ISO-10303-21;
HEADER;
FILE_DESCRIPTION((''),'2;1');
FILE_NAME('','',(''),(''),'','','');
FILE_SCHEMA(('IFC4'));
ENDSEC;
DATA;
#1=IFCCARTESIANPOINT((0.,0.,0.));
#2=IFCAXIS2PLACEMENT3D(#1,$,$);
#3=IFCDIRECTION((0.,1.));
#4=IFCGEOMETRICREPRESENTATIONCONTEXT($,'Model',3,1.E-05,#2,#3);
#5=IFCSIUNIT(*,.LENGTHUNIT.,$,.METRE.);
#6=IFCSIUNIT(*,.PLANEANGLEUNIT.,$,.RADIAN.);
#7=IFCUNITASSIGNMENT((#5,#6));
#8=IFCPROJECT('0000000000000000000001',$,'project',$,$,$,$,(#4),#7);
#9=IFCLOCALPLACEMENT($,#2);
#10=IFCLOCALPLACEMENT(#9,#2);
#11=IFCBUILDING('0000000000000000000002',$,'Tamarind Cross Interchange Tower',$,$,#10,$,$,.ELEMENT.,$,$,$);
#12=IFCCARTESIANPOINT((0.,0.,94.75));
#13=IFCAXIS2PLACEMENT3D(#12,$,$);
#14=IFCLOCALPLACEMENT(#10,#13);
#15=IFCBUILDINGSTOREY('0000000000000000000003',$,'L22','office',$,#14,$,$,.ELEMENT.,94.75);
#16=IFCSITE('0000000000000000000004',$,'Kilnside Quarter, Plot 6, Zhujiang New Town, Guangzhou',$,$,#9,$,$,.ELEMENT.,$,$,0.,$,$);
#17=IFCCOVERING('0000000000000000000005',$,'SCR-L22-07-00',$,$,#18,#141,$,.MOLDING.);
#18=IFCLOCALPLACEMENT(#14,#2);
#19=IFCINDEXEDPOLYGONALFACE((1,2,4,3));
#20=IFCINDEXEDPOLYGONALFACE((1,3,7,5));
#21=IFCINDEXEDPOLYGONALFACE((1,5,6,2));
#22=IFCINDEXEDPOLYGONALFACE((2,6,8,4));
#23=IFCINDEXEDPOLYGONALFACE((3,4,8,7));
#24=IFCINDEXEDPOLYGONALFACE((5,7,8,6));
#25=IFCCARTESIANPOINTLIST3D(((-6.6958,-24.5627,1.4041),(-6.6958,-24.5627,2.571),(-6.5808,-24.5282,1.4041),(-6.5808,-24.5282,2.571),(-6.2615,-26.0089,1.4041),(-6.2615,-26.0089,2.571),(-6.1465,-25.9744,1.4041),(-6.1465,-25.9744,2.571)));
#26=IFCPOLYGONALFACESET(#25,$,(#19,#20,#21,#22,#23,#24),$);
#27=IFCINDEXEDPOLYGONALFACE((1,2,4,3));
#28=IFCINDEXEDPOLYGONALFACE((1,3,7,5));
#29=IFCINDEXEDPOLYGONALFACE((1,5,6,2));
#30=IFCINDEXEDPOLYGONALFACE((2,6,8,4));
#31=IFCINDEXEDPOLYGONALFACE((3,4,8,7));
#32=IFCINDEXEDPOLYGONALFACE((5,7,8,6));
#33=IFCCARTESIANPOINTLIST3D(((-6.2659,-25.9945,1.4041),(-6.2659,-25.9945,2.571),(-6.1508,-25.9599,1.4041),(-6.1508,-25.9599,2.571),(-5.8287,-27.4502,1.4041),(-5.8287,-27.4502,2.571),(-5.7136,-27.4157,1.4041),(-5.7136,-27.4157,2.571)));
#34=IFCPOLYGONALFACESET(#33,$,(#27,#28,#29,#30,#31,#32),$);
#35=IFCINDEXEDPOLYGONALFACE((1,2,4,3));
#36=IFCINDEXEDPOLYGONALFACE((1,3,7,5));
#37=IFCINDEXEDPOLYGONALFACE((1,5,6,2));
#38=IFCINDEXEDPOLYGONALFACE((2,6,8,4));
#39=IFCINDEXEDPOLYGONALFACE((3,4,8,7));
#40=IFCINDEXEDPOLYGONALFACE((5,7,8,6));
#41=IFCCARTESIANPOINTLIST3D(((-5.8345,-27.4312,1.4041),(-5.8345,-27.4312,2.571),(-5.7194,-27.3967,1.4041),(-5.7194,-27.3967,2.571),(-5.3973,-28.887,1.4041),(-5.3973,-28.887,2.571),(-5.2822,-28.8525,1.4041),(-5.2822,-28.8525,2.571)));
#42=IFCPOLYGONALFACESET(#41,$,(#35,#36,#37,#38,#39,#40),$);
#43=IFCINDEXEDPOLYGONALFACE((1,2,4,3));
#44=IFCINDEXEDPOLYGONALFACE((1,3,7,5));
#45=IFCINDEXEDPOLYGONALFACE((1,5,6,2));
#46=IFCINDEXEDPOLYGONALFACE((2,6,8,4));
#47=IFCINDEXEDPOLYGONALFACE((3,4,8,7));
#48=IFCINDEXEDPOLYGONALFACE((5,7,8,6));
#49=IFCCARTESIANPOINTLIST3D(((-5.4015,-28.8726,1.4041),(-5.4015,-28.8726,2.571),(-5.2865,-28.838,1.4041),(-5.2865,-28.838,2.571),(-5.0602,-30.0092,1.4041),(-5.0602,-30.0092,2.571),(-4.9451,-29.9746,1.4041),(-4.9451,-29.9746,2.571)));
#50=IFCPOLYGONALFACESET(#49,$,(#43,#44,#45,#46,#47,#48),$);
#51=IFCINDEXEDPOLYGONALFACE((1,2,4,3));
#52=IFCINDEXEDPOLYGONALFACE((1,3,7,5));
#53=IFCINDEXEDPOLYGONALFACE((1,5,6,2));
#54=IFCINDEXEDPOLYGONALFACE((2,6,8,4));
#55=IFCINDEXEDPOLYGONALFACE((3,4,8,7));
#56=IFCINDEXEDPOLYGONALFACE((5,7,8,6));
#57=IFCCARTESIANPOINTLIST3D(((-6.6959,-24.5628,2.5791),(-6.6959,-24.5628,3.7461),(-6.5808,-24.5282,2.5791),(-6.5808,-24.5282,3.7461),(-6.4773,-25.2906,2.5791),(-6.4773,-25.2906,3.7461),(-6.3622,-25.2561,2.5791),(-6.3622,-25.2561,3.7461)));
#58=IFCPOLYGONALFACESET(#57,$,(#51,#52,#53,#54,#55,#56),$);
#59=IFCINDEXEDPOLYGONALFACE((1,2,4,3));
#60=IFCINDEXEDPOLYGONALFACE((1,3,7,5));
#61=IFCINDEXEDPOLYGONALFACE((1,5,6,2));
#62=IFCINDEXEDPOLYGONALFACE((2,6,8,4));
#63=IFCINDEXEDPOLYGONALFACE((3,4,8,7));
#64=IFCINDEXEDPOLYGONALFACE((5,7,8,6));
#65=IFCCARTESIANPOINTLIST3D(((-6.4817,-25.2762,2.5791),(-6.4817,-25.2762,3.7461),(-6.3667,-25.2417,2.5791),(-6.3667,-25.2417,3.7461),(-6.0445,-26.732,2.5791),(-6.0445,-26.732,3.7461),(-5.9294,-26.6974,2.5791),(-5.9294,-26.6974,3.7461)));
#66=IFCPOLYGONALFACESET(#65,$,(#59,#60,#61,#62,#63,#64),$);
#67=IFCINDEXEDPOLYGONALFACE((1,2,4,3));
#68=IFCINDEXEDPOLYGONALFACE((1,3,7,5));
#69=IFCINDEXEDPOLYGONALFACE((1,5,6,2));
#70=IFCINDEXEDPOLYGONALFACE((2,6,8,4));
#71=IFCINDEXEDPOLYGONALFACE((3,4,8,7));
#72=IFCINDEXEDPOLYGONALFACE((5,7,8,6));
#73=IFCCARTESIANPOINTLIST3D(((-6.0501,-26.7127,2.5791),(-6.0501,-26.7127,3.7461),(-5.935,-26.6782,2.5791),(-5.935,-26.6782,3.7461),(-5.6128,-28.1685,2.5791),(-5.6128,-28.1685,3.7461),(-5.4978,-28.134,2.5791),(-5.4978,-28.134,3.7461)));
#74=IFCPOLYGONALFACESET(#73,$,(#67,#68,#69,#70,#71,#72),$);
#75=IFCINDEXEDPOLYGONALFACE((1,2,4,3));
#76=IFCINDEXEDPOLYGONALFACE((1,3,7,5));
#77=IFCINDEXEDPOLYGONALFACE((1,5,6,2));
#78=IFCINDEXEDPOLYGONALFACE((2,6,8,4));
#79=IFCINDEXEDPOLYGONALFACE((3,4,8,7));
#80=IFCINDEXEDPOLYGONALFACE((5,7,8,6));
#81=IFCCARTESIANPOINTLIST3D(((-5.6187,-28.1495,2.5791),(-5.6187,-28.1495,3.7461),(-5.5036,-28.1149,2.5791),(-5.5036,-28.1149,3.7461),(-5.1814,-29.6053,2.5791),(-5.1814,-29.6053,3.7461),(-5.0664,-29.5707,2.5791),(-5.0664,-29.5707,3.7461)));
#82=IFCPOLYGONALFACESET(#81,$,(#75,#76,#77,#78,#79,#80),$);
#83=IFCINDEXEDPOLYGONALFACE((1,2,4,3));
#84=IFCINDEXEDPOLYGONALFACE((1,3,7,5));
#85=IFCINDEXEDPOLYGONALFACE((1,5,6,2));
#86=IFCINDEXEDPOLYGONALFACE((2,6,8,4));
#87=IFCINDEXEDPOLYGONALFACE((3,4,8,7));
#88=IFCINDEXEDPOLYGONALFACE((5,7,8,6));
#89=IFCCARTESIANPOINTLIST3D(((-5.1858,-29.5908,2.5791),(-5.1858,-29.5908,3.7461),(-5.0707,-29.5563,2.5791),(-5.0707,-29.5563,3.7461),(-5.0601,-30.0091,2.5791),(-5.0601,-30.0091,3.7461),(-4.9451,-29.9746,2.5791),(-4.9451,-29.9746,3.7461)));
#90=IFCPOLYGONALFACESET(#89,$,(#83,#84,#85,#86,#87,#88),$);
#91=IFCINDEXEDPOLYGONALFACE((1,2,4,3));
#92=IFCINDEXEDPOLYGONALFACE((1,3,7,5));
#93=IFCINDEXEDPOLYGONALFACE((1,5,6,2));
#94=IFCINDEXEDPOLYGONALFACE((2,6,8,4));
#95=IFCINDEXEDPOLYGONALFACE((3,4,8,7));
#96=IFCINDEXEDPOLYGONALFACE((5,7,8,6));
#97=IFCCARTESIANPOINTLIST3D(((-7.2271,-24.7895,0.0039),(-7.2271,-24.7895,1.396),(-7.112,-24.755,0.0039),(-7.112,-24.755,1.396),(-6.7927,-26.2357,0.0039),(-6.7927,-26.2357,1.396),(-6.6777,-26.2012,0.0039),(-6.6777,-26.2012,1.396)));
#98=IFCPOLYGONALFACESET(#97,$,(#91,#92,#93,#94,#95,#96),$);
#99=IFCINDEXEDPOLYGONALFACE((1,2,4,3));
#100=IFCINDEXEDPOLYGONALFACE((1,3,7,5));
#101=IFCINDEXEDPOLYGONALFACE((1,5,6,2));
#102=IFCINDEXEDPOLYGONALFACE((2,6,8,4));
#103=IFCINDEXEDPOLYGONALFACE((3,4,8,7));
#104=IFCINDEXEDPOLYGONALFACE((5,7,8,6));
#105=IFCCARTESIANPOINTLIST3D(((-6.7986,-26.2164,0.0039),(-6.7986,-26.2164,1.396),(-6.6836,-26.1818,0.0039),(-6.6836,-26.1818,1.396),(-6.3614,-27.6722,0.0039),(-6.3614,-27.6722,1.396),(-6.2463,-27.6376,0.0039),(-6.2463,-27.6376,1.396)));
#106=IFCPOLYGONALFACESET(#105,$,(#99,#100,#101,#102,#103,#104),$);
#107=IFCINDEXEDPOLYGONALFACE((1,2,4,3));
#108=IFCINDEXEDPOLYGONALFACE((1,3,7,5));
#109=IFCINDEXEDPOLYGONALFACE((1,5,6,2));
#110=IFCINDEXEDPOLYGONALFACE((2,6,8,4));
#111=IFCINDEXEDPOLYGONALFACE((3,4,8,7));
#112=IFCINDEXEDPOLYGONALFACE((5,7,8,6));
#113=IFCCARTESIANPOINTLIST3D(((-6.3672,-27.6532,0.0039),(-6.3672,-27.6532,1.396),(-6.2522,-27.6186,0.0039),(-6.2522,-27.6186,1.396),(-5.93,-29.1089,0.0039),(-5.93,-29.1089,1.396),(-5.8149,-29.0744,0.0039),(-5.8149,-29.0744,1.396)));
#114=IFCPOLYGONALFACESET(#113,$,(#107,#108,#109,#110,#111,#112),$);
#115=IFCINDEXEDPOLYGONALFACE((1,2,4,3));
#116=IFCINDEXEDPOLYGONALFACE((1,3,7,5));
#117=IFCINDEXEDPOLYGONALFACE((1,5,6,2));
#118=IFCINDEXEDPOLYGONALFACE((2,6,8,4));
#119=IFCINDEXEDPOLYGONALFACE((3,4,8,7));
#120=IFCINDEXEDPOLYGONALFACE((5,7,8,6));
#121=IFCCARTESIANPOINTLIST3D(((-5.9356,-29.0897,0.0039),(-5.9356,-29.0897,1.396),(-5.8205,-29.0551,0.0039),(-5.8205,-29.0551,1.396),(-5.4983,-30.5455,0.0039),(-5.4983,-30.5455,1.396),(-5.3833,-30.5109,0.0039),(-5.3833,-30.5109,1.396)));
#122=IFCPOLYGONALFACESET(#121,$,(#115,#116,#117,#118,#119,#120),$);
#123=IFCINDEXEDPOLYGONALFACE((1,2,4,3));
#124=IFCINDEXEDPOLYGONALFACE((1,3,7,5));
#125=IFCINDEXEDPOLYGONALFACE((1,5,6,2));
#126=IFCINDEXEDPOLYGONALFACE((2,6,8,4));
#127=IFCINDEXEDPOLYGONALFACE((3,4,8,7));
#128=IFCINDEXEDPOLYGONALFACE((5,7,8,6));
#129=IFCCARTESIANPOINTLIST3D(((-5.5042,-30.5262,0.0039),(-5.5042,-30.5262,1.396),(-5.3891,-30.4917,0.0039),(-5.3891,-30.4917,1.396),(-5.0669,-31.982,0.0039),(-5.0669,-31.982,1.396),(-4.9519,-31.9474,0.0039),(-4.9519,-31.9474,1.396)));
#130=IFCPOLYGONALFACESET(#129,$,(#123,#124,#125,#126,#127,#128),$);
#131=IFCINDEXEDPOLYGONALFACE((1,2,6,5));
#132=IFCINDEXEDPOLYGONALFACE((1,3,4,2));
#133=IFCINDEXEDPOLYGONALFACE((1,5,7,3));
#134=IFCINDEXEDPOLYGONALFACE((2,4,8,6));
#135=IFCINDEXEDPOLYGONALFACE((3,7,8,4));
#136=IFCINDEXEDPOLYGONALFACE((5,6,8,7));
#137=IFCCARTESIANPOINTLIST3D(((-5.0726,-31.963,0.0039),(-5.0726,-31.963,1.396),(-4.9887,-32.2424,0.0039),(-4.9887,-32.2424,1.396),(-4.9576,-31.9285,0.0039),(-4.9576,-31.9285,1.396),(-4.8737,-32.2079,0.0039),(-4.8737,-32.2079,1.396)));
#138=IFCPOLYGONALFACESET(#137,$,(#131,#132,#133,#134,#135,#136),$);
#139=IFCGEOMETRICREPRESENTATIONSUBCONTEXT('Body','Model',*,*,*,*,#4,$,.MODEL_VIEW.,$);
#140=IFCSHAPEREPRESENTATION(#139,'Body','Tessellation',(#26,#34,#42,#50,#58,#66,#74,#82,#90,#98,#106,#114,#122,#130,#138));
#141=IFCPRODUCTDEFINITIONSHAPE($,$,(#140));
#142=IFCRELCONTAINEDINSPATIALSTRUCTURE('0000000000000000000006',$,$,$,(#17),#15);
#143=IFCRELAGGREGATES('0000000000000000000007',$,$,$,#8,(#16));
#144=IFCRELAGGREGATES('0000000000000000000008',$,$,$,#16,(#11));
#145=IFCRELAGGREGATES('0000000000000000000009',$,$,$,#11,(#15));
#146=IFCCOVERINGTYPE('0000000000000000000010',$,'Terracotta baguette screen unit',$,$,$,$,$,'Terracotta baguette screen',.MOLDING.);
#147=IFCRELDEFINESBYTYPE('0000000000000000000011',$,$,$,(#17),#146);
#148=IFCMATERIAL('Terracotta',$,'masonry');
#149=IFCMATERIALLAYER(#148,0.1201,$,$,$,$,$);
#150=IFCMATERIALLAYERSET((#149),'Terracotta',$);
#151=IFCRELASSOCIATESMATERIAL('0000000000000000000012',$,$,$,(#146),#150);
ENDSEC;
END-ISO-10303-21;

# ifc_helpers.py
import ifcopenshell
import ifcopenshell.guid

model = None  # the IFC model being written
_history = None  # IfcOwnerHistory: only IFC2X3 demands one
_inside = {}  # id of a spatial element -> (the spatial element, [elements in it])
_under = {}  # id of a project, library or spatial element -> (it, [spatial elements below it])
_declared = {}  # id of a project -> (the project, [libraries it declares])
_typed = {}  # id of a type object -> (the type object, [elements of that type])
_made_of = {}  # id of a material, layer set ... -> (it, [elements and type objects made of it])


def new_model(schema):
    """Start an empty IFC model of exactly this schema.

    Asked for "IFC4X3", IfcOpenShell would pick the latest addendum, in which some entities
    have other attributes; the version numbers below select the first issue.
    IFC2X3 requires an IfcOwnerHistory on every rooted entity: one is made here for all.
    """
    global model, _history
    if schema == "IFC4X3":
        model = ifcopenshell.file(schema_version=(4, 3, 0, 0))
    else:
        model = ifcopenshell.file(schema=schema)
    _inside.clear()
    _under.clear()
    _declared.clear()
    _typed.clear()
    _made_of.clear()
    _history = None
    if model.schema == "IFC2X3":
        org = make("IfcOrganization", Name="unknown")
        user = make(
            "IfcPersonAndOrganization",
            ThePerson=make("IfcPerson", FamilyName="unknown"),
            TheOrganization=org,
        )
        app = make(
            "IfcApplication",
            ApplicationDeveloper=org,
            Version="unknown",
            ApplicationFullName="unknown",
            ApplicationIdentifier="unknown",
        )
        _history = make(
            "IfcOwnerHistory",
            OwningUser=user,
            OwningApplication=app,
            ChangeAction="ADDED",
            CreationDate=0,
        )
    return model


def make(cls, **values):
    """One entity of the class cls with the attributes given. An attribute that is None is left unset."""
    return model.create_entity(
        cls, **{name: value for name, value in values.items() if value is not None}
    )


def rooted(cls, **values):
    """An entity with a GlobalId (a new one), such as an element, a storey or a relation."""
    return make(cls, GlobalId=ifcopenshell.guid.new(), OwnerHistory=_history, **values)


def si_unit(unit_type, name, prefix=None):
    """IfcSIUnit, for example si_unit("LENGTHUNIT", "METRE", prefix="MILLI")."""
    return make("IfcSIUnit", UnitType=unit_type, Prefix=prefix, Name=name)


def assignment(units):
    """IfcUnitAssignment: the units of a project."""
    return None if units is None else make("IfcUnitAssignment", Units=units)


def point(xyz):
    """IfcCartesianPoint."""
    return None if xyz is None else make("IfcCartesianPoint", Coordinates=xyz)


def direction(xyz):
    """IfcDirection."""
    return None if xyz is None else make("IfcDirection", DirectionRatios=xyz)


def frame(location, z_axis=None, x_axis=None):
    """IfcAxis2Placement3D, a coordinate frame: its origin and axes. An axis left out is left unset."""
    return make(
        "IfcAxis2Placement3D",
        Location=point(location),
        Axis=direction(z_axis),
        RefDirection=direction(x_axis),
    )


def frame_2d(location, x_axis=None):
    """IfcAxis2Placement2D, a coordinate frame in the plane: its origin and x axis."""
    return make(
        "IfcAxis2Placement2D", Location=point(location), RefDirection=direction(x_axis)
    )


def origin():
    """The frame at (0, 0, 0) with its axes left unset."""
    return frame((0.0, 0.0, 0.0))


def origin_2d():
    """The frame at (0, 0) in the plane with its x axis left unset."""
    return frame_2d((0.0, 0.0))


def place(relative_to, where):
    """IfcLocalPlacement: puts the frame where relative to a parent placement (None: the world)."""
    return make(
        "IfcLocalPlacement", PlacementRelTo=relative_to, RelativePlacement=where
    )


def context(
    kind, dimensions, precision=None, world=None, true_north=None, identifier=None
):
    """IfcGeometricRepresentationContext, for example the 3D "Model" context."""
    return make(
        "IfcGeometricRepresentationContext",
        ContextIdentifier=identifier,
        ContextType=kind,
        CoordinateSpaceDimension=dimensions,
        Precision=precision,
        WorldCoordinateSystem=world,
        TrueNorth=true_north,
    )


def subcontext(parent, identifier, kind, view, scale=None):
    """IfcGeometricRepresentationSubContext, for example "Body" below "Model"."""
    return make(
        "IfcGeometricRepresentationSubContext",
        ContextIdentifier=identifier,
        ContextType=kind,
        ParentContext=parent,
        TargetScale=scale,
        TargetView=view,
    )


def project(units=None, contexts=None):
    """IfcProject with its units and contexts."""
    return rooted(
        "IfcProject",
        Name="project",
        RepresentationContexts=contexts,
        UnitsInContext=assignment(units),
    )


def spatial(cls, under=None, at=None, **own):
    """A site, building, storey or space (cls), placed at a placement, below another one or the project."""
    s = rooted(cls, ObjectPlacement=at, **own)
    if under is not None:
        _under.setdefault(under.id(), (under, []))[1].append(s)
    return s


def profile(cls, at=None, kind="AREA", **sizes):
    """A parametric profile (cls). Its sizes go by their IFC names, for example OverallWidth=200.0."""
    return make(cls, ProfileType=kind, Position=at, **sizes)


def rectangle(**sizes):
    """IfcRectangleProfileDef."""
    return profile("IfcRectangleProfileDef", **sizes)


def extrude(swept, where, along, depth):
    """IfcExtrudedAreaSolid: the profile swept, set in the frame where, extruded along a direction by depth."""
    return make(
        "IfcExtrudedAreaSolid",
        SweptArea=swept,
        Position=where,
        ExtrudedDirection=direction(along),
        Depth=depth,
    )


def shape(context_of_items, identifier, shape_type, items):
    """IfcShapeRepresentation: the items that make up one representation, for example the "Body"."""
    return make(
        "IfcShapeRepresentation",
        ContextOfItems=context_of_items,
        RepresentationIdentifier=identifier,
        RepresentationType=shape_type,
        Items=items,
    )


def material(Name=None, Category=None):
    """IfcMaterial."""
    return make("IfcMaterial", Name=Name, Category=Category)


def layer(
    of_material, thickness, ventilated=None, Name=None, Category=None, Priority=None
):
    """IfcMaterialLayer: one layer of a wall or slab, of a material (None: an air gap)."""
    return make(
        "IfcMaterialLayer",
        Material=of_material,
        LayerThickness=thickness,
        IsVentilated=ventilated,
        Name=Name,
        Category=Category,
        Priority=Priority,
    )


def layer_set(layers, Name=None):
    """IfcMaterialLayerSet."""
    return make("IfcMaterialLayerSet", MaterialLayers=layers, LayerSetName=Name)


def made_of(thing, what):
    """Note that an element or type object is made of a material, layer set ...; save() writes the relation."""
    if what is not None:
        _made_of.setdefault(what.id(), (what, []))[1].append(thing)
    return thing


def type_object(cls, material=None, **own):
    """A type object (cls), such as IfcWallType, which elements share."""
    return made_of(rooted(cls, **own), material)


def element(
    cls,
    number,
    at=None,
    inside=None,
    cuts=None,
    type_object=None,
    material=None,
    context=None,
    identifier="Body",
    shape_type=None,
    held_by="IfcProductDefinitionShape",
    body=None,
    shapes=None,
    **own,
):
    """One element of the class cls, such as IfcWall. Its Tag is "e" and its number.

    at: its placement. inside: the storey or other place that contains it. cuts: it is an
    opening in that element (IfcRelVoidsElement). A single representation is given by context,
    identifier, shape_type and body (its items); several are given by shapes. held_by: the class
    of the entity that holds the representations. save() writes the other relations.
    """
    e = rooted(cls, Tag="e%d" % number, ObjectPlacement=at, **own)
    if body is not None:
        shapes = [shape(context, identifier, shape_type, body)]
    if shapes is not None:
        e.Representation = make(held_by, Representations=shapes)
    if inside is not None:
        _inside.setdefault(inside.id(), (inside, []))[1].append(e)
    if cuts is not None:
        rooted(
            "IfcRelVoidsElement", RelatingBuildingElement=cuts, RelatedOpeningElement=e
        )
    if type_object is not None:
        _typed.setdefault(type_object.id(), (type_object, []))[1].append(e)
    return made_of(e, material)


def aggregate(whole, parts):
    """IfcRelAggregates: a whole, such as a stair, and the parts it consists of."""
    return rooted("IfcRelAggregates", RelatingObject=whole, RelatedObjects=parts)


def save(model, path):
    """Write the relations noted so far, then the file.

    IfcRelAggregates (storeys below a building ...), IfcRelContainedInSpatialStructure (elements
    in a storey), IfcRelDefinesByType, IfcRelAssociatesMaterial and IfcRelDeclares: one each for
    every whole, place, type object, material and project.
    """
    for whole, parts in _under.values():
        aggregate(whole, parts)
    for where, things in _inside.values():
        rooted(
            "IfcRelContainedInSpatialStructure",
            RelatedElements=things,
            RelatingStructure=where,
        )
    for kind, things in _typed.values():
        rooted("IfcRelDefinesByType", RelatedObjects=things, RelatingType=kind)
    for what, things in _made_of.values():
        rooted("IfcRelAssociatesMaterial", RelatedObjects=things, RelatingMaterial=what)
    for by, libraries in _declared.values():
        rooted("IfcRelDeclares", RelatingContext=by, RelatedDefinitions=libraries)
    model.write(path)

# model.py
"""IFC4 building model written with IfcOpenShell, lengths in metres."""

from ifc_helpers import new_model, si_unit, direction, frame, origin, origin_2d, place, context, subcontext, project, spatial, rectangle, extrude, material, layer, layer_set, type_object, element, save


model = new_model("IFC4")

# Units and contexts
model_context = context("Model", 3, precision=1e-05, world=origin(), true_north=direction((0.0, 1.0)))
body_context = subcontext(model_context, "Body", "Model", "MODEL_VIEW")
ifc_project = project(units=[si_unit("LENGTHUNIT", "METRE"), si_unit("PLANEANGLEUNIT", "RADIAN")], contexts=[model_context])

# Site, building, storey
site_placement = place(None, origin())
site = spatial("IfcSite", under=ifc_project, at=site_placement, Name="Kilnside Quarter, Plot 6, Zhujiang New Town, Guangzhou", CompositionType="ELEMENT", RefElevation=0.0)
building_placement = place(site_placement, origin())
building = spatial("IfcBuilding", under=site, at=building_placement, Name="Tamarind Cross Interchange Tower", CompositionType="ELEMENT")
storey_placement = place(building_placement, frame((0.0, 0.0, 94.75)))
storey = spatial("IfcBuildingStorey", under=building, at=storey_placement, Name="L22", Description="office", CompositionType="ELEMENT", Elevation=94.75)

# Covering
ifc_material_1 = material(Name="Terracotta", Category="masonry")
ifc_layer_1 = layer(ifc_material_1, 0.1201)
ifc_layer_set_1 = layer_set([ifc_layer_1], Name="Terracotta")
covering_type = type_object("IfcCoveringType", Name="Terracotta baguette screen unit", ElementType="Terracotta baguette screen", PredefinedType="MOLDING", material=ifc_layer_set_1)
covering_1_placement = place(storey_placement, origin())
element("IfcCovering", 1, at=covering_1_placement, inside=storey, type_object=covering_type, Name="SCR-L22-07-00", PredefinedType="MOLDING", context=body_context, shape_type="SweptSolid", body=[
    extrude(rectangle(XDim=1.51, YDim=0.1201, at=origin_2d()), frame((-6.4211, -25.2686, 1.4041), z_axis=(0.0, 0.0, 1.0), x_axis=(0.287641, -0.957738, 0.0)), (0.0, 0.0, 1.0), 1.167),
    extrude(rectangle(XDim=1.52, YDim=0.1201, at=origin_2d()), frame((-5.9897, -26.7051, 1.4041), z_axis=(0.0, 0.0, 1.0), x_axis=(0.287641, -0.957738, 0.0)), (0.0, 0.0, 1.0), 1.167),
    extrude(rectangle(XDim=1.52, YDim=0.1201, at=origin_2d()), frame((-5.5583, -28.1418, 1.4041), z_axis=(0.0, 0.0, 1.0), x_axis=(0.287641, -0.957738, 0.0)), (0.0, 0.0, 1.0), 1.167),
    extrude(rectangle(XDim=1.1868, YDim=0.1201, at=origin_2d()), frame((-5.1733, -29.4236, 1.4041), z_axis=(0.0, 0.0, 1.0), x_axis=(0.287641, -0.957738, 0.0)), (0.0, 0.0, 1.0), 1.167),
    extrude(rectangle(XDim=0.76, YDim=0.1201, at=origin_2d()), frame((-6.5291, -24.9094, 2.5791), z_axis=(0.0, 0.0, 1.0), x_axis=(0.287641, -0.957738, 0.0)), (0.0, 0.0, 1.0), 1.167),
    extrude(rectangle(XDim=1.52, YDim=0.1201, at=origin_2d()), frame((-6.2056, -25.9868, 2.5791), z_axis=(0.0, 0.0, 1.0), x_axis=(0.287641, -0.957738, 0.0)), (0.0, 0.0, 1.0), 1.167),
    extrude(rectangle(XDim=1.52, YDim=0.1201, at=origin_2d()), frame((-5.7739, -27.4233, 2.5791), z_axis=(0.0, 0.0, 1.0), x_axis=(0.287641, -0.957738, 0.0)), (0.0, 0.0, 1.0), 1.167),
    extrude(rectangle(XDim=1.52, YDim=0.1201, at=origin_2d()), frame((-5.3425, -28.8601, 2.5791), z_axis=(0.0, 0.0, 1.0), x_axis=(0.287641, -0.957738, 0.0)), (0.0, 0.0, 1.0), 1.167),
    extrude(rectangle(XDim=0.4368, YDim=0.1201, at=origin_2d()), frame((-5.0654, -29.7827, 2.5791), z_axis=(0.0, 0.0, 1.0), x_axis=(0.287641, -0.957738, 0.0)), (0.0, 0.0, 1.0), 1.167),
    extrude(rectangle(XDim=1.51, YDim=0.1201, at=origin_2d()), frame((-6.9524, -25.4954, 0.0039), z_axis=(0.0, 0.0, 1.0), x_axis=(0.287641, -0.957738, 0.0)), (0.0, 0.0, 1.0), 1.3921),
    extrude(rectangle(XDim=1.52, YDim=0.1201, at=origin_2d()), frame((-6.5225, -26.927, 0.0039), z_axis=(0.0, 0.0, 1.0), x_axis=(0.287641, -0.957738, 0.0)), (0.0, 0.0, 1.0), 1.3921),
    extrude(rectangle(XDim=1.52, YDim=0.1201, at=origin_2d()), frame((-6.0911, -28.3638, 0.0039), z_axis=(0.0, 0.0, 1.0), x_axis=(0.287641, -0.957738, 0.0)), (0.0, 0.0, 1.0), 1.3921),
    extrude(rectangle(XDim=1.52, YDim=0.1201, at=origin_2d()), frame((-5.6594, -29.8003, 0.0039), z_axis=(0.0, 0.0, 1.0), x_axis=(0.287641, -0.957738, 0.0)), (0.0, 0.0, 1.0), 1.3921),
    extrude(rectangle(XDim=1.52, YDim=0.1201, at=origin_2d()), frame((-5.228, -31.2368, 0.0039), z_axis=(0.0, 0.0, 1.0), x_axis=(0.287641, -0.957738, 0.0)), (0.0, 0.0, 1.0), 1.3921),
    extrude(rectangle(XDim=0.2917, YDim=0.1201, at=origin_2d()), frame((-4.9731, -32.0854, 0.0039), z_axis=(0.0, 0.0, 1.0), x_axis=(0.287641, -0.957738, 0.0)), (0.0, 0.0, 1.0), 1.3921),
])

save(model, "model.ifc")
